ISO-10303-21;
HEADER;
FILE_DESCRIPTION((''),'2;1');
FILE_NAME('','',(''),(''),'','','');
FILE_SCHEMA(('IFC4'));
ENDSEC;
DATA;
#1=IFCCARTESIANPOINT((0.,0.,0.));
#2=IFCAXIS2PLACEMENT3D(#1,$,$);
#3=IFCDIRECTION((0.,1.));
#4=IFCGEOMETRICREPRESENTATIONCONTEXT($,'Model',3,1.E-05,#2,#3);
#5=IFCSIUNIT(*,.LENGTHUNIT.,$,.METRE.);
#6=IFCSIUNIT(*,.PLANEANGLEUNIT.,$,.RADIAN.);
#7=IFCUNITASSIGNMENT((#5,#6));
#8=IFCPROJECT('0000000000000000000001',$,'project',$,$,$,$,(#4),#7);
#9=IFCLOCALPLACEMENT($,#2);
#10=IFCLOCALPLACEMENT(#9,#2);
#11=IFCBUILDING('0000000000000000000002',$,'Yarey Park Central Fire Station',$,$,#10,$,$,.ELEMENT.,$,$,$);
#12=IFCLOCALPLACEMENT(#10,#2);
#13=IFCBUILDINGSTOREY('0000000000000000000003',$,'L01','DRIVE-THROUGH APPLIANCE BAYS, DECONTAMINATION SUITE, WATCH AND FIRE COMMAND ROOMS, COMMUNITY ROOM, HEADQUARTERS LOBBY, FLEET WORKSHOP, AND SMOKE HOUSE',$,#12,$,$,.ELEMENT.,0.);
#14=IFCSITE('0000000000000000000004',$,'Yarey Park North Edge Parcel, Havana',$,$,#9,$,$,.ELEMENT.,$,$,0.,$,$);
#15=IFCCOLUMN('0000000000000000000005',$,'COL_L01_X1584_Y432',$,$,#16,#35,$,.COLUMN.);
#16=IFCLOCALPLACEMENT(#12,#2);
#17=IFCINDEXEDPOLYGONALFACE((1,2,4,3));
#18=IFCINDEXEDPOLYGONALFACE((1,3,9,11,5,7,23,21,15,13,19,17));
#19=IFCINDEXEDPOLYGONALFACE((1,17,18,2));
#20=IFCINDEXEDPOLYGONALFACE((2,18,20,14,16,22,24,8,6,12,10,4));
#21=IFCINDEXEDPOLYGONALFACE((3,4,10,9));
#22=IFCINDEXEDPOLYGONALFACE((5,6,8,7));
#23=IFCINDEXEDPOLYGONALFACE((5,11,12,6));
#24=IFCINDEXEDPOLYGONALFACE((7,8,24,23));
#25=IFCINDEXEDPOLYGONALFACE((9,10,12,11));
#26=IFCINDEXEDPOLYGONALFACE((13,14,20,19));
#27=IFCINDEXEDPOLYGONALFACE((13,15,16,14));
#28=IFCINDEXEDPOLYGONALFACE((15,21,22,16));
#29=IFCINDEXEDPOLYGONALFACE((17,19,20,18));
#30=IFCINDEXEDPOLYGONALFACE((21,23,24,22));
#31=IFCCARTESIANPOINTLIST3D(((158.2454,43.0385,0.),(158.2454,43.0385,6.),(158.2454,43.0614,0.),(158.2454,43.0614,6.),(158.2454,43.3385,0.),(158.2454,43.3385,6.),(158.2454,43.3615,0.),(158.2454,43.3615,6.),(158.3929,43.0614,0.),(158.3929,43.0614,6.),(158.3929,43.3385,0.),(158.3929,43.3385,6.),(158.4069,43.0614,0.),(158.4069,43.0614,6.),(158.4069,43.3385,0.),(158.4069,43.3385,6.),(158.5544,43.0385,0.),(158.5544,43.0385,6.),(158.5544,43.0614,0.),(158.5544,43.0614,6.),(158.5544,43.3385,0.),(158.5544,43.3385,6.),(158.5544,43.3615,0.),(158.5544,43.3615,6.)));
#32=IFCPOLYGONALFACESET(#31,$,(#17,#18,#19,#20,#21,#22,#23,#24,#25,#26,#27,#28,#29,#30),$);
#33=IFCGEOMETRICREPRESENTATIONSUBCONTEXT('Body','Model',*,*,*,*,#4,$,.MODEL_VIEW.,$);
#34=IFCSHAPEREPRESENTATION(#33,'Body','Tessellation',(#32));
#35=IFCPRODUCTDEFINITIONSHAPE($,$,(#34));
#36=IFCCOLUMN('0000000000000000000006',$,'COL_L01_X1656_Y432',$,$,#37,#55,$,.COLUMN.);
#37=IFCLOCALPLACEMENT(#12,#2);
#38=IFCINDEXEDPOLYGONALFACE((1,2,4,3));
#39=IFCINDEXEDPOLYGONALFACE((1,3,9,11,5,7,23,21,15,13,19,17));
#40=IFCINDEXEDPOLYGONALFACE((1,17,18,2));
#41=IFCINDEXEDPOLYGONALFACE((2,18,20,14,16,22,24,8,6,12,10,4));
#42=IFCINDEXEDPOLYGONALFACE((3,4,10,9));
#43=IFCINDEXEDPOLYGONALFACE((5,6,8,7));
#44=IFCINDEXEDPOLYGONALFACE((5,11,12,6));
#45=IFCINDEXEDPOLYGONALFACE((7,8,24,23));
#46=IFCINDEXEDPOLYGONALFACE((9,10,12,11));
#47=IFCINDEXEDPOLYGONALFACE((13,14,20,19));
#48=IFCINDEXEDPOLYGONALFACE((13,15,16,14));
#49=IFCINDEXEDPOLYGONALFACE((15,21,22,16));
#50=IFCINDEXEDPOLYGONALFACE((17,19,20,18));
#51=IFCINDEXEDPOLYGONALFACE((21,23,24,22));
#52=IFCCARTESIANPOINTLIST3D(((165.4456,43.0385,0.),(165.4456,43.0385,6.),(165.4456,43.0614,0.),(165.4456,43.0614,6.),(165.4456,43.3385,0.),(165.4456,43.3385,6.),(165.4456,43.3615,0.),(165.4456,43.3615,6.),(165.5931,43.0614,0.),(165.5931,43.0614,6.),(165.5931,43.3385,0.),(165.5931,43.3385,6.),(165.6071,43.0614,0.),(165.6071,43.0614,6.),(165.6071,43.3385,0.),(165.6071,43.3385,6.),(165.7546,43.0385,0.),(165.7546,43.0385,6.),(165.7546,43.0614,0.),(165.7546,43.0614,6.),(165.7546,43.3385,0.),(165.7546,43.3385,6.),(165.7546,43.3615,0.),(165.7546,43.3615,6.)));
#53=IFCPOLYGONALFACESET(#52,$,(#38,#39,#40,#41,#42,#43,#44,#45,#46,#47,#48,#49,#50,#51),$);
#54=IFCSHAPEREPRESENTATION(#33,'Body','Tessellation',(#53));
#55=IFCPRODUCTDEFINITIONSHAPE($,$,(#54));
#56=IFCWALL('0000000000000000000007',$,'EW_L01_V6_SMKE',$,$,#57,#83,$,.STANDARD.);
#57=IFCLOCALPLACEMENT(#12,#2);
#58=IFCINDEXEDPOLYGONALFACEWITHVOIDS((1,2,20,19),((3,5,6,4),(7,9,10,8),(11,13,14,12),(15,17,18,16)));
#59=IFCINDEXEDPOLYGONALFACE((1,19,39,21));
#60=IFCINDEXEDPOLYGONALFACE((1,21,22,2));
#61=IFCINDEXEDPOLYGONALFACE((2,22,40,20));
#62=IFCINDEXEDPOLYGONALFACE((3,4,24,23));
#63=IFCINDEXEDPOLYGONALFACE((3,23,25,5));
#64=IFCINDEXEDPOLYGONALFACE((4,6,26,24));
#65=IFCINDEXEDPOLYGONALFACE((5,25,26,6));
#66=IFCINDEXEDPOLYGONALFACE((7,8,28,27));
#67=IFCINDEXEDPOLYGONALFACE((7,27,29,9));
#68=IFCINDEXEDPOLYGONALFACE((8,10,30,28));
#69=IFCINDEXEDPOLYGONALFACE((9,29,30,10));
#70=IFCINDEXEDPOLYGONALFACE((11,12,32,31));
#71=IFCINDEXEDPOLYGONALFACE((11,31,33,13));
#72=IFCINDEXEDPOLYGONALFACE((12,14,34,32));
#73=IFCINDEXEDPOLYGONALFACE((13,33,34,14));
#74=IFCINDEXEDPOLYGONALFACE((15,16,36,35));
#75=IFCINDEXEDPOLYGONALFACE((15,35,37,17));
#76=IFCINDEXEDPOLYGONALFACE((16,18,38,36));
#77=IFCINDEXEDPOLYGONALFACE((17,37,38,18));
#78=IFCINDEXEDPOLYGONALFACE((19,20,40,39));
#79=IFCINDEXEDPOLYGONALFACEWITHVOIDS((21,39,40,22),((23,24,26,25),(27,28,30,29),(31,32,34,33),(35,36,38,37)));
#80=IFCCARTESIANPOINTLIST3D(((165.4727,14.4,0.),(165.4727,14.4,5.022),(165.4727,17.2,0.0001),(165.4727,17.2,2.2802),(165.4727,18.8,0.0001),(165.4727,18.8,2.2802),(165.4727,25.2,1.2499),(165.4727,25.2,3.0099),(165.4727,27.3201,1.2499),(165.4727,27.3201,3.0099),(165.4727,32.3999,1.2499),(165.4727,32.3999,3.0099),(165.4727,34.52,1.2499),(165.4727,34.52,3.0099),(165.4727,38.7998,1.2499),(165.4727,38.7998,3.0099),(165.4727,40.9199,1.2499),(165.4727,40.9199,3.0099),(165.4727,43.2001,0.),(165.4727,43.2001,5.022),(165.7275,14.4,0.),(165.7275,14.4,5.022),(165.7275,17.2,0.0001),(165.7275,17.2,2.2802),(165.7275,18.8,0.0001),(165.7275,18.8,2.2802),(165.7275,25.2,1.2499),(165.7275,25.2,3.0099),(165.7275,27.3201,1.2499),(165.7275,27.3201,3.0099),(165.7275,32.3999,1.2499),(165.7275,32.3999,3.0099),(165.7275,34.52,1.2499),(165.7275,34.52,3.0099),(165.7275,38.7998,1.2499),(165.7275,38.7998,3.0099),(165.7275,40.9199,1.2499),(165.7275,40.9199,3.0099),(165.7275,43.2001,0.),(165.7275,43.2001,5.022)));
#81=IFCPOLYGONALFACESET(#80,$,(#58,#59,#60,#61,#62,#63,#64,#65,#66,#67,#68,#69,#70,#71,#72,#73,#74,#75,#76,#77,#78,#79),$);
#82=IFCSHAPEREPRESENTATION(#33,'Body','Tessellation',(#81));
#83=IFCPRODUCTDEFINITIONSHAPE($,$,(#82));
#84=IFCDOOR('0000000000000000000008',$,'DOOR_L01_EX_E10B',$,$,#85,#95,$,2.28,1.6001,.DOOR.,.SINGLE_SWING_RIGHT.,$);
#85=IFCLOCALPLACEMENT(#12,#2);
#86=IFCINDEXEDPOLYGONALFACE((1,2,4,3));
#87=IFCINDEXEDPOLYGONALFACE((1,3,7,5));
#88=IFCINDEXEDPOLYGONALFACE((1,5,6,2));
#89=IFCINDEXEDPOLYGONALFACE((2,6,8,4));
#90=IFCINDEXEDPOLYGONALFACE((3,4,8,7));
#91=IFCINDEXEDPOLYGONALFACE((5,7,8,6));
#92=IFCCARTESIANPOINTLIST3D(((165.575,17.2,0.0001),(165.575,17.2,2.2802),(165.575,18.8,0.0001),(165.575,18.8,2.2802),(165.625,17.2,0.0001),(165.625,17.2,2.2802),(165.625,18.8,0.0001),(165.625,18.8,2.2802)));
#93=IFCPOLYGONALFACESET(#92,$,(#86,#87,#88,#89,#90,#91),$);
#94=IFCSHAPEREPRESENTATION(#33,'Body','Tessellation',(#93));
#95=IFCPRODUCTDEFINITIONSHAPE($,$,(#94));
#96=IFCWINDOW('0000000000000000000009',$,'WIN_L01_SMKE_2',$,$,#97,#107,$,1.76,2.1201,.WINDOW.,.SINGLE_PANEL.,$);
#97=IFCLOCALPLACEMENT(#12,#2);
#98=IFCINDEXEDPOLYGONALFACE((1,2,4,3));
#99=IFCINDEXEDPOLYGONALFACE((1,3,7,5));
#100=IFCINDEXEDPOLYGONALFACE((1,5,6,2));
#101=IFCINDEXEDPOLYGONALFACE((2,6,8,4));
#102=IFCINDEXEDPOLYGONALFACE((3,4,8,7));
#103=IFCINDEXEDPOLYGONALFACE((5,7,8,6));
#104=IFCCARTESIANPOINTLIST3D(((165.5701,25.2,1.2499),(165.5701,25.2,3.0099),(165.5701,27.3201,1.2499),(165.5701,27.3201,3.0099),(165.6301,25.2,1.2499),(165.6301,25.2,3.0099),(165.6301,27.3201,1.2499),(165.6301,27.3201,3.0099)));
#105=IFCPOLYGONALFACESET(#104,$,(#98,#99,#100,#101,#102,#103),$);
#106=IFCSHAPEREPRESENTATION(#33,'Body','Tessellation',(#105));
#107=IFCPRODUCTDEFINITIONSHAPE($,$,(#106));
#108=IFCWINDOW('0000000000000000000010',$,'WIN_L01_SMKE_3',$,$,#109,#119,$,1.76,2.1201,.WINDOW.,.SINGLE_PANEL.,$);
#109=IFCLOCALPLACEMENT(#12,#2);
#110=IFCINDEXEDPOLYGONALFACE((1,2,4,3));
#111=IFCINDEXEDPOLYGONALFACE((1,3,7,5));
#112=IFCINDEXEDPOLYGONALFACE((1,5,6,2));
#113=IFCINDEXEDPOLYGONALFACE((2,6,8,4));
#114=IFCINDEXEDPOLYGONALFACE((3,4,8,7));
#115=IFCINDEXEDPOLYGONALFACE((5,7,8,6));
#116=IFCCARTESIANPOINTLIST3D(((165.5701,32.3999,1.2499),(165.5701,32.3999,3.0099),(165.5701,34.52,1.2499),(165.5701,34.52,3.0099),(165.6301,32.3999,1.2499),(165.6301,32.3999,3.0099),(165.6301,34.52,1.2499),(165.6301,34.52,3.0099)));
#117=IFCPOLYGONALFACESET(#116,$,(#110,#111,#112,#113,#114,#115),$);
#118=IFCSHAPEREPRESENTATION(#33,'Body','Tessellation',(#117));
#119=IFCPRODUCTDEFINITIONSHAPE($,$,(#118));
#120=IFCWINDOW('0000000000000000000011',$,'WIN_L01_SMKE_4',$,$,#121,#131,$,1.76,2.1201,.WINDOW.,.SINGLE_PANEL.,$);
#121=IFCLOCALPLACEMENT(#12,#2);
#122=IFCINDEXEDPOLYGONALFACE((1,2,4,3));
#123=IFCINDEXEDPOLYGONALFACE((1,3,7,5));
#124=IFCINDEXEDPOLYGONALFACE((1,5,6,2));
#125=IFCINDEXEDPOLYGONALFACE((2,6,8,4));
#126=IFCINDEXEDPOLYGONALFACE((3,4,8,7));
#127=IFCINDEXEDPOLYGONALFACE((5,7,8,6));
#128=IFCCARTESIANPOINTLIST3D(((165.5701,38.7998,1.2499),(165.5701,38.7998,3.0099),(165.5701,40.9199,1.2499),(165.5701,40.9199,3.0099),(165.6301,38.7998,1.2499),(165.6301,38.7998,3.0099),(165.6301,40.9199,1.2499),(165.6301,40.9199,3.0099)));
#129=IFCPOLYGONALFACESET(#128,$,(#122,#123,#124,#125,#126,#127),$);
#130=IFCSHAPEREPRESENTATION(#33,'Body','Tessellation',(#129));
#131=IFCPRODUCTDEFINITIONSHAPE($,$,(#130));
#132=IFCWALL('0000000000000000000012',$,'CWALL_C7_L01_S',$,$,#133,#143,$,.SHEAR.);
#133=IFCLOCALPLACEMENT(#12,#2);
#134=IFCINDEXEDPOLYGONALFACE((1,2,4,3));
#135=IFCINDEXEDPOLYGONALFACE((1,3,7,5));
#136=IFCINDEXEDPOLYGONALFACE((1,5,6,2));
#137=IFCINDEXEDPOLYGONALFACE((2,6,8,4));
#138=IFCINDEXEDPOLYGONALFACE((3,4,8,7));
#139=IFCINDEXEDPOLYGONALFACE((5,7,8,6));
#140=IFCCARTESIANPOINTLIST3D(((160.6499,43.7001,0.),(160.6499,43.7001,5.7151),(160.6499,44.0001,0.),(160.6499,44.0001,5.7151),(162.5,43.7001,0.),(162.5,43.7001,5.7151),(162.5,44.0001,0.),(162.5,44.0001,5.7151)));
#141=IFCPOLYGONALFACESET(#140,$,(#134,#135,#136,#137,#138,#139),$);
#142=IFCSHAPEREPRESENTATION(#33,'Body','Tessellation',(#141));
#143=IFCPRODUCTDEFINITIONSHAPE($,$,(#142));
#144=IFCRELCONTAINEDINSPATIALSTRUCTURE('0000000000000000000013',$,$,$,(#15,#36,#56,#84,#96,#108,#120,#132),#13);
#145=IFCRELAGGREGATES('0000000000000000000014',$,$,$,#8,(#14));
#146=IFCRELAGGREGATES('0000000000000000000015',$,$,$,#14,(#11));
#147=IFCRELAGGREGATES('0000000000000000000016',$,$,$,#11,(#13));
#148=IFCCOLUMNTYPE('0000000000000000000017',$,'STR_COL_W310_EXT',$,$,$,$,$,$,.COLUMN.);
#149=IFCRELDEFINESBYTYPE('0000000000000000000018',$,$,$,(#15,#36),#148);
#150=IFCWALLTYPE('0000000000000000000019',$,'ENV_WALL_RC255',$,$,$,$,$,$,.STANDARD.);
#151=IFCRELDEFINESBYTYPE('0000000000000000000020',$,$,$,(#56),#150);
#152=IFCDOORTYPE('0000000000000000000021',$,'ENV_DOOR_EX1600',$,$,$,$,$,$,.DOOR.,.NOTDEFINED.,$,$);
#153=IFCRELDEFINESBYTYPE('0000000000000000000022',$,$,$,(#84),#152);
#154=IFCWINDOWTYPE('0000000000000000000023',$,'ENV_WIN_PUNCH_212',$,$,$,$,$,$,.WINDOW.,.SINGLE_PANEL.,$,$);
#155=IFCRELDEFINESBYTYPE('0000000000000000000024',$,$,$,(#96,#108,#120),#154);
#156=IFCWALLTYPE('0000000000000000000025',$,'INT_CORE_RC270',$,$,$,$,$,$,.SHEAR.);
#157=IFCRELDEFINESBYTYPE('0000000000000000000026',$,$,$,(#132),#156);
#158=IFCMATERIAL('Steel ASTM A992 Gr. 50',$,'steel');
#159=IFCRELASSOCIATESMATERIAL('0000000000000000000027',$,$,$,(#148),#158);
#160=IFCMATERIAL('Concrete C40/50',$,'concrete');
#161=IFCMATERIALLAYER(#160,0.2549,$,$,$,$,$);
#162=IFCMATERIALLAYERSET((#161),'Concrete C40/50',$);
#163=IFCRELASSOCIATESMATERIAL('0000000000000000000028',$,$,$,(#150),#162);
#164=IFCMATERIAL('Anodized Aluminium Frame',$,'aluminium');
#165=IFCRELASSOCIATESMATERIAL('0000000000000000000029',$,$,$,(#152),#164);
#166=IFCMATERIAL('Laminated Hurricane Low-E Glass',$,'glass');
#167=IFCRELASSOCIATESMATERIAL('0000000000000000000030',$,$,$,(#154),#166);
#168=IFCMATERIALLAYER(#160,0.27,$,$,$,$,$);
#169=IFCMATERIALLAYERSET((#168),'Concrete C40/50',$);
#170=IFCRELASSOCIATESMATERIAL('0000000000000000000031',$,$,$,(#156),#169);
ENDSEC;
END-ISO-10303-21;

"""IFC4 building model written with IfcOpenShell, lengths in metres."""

from ifc_helpers import new_model, si_unit, direction, frame, frame_2d, origin, origin_2d, place, context, subcontext, project, spatial, rectangle, i_section, extrude, material, layer, layer_set, material_profile, profile_set, type_object, element, fill, save


model = new_model("IFC4")

# Units and contexts
model_context = context("Model", 3, precision=1e-05, world=origin(), true_north=direction((0.0, 1.0)))
body_context = subcontext(model_context, "Body", "Model", "MODEL_VIEW")
ifc_project = project(units=[si_unit("LENGTHUNIT", "METRE"), si_unit("PLANEANGLEUNIT", "RADIAN")], contexts=[model_context])

# Site, building, storey
site_placement = place(None, origin())
site = spatial("IfcSite", under=ifc_project, at=site_placement, Name="Yarey Park North Edge Parcel, Havana", CompositionType="ELEMENT", RefElevation=0.0)
building_placement = place(site_placement, origin())
building = spatial("IfcBuilding", under=site, at=building_placement, Name="Yarey Park Central Fire Station", CompositionType="ELEMENT")
storey_placement = place(building_placement, origin())
storey = spatial("IfcBuildingStorey", under=building, at=storey_placement, Name="L01", Description="DRIVE-THROUGH APPLIANCE BAYS, DECONTAMINATION SUITE, WATCH AND FIRE COMMAND ROOMS, COMMUNITY ROOM, HEADQUARTERS LOBBY, FLEET WORKSHOP, AND SMOKE HOUSE", CompositionType="ELEMENT", Elevation=0.0)

# Columns
ifc_material_1 = material(Name="Concrete C40/50", Category="concrete")
ifc_material_2 = material(Name="Steel ASTM A992 Gr. 50", Category="steel")
ifc_material_profile_1 = material_profile(ifc_material_2, i_section(OverallWidth=0.3091, OverallDepth=0.323, WebThickness=0.0139, FlangeThickness=0.0229, at=origin_2d()), Name="W310x143")
ifc_profile_set_1 = profile_set([ifc_material_profile_1], Name="Steel ASTM A992 Gr. 50")
column_type_1 = type_object("IfcColumnType", Name="STR_COL_W310_EXT", PredefinedType="COLUMN", material=ifc_profile_set_1)
for number, where, z_axis, x_axis, name in (
    (1, (158.3999, 43.2, 0.0), (0.0, 0.0, 1.0), (1.0, 0.0, 0.0), "COL_L01_X1584_Y432"),
    (2, (165.6001, 43.2, 0.0), (0.0, 0.0, 1.0), (1.0, 0.0, 0.0), "COL_L01_X1656_Y432"),
):
    element("IfcColumn", number, at=place(storey_placement, frame(where, z_axis=z_axis, x_axis=x_axis)), inside=storey, type_object=column_type_1, Name=name, PredefinedType="COLUMN", context=body_context, shape_type="SweptSolid", body=[
        extrude(i_section(OverallWidth=0.3091, OverallDepth=0.323, WebThickness=0.0139, FlangeThickness=0.0229, at=origin_2d()), origin(), (0.0, 0.0, 1.0), 6.0),
    ])

# Wall, openings, door, windows
ifc_layer_1 = layer(ifc_material_1, 0.2549)
ifc_layer_set_1 = layer_set([ifc_layer_1], Name="Concrete C40/50")
wall_type_1 = type_object("IfcWallType", Name="ENV_WALL_RC255", PredefinedType="STANDARD", material=ifc_layer_set_1)
wall_1_placement = place(storey_placement, frame((165.6001, 43.2, 0.0), z_axis=(0.0, 0.0, 1.0), x_axis=(0.0, -1.0, 0.0)))
wall_1 = element("IfcWall", 3, at=wall_1_placement, inside=storey, type_object=wall_type_1, Name="EW_L01_V6_SMKE", PredefinedType="STANDARD", context=body_context, shape_type="SweptSolid", body=[
    extrude(rectangle(XDim=28.8, YDim=0.2549, at=frame_2d((14.3999, 0.0))), origin(), (0.0, 0.0, 1.0), 5.022),
])
opening_1_placement = place(wall_1_placement, frame((24.3999, 0.0, 0.0)))
opening_1 = element("IfcOpeningElement", 4, at=opening_1_placement, cuts=wall_1, PredefinedType="OPENING", context=body_context, shape_type="SweptSolid", body=[
    extrude(rectangle(XDim=1.6001, YDim=2.28, at=frame_2d((0.8, 1.1401))), frame((0.0, 0.1375, 0.0), z_axis=(0.0, -1.0, 0.0), x_axis=(1.0, 0.0, 0.0)), (0.0, 0.0, 1.0), 0.2749),
])
opening_2_placement = place(wall_1_placement, frame((15.8799, 0.0, 1.25)))
opening_2 = element("IfcOpeningElement", 5, at=opening_2_placement, cuts=wall_1, PredefinedType="OPENING", context=body_context, shape_type="SweptSolid", body=[
    extrude(rectangle(XDim=2.1201, YDim=1.76, at=frame_2d((1.0601, 0.8799))), frame((0.0, 0.1375, 0.0), z_axis=(0.0, -1.0, 0.0), x_axis=(1.0, 0.0, 0.0)), (0.0, 0.0, 1.0), 0.2749),
])
opening_3_placement = place(wall_1_placement, frame((8.6799, 0.0, 1.25)))
opening_3 = element("IfcOpeningElement", 6, at=opening_3_placement, cuts=wall_1, PredefinedType="OPENING", context=body_context, shape_type="SweptSolid", body=[
    extrude(rectangle(XDim=2.1201, YDim=1.76, at=frame_2d((1.0601, 0.8799))), frame((0.0, 0.1375, 0.0), z_axis=(0.0, -1.0, 0.0), x_axis=(1.0, 0.0, 0.0)), (0.0, 0.0, 1.0), 0.2749),
])
opening_4_placement = place(wall_1_placement, frame((2.28, 0.0, 1.25)))
opening_4 = element("IfcOpeningElement", 7, at=opening_4_placement, cuts=wall_1, PredefinedType="OPENING", context=body_context, shape_type="SweptSolid", body=[
    extrude(rectangle(XDim=2.1201, YDim=1.76, at=frame_2d((1.0601, 0.8799))), frame((0.0, 0.1375, 0.0), z_axis=(0.0, -1.0, 0.0), x_axis=(1.0, 0.0, 0.0)), (0.0, 0.0, 1.0), 0.2749),
])
ifc_material_3 = material(Name="Anodized Aluminium Frame", Category="aluminium")
door_type_1 = type_object("IfcDoorType", Name="ENV_DOOR_EX1600", OperationType="NOTDEFINED", PredefinedType="DOOR", material=ifc_material_3)
door_1_placement = place(opening_1_placement, origin())
door_1 = element("IfcDoor", 8, at=door_1_placement, inside=storey, type_object=door_type_1, Name="DOOR_L01_EX_E10B", OperationType="SINGLE_SWING_RIGHT", OverallHeight=2.28, OverallWidth=1.6001, PredefinedType="DOOR", context=body_context, shape_type="SweptSolid", body=[
    extrude(rectangle(XDim=1.6001, YDim=2.28, at=frame_2d((0.8, 1.1401))), frame((0.0, 0.0249, 0.0), z_axis=(0.0, -1.0, 0.0), x_axis=(1.0, 0.0, 0.0)), (0.0, 0.0, 1.0), 0.05),
])
fill(opening_1, door_1)
ifc_material_4 = material(Name="Laminated Hurricane Low-E Glass", Category="glass")
window_type = type_object("IfcWindowType", Name="ENV_WIN_PUNCH_212", PartitioningType="SINGLE_PANEL", PredefinedType="WINDOW", material=ifc_material_4)
window_1_placement = place(opening_2_placement, origin())
window_1 = element("IfcWindow", 9, at=window_1_placement, inside=storey, type_object=window_type, Name="WIN_L01_SMKE_2", OverallHeight=1.76, OverallWidth=2.1201, PartitioningType="SINGLE_PANEL", PredefinedType="WINDOW", context=body_context, shape_type="SweptSolid", body=[
    extrude(rectangle(XDim=2.1201, YDim=1.76, at=frame_2d((1.0601, 0.8799))), frame((0.0, 0.03, 0.0), z_axis=(0.0, -1.0, 0.0), x_axis=(1.0, 0.0, 0.0)), (0.0, 0.0, 1.0), 0.0601),
])
fill(opening_2, window_1)
window_2_placement = place(opening_3_placement, origin())
window_2 = element("IfcWindow", 10, at=window_2_placement, inside=storey, type_object=window_type, Name="WIN_L01_SMKE_3", OverallHeight=1.76, OverallWidth=2.1201, PartitioningType="SINGLE_PANEL", PredefinedType="WINDOW", context=body_context, shape_type="SweptSolid", body=[
    extrude(rectangle(XDim=2.1201, YDim=1.76, at=frame_2d((1.0601, 0.8799))), frame((0.0, 0.03, 0.0), z_axis=(0.0, -1.0, 0.0), x_axis=(1.0, 0.0, 0.0)), (0.0, 0.0, 1.0), 0.0601),
])
fill(opening_3, window_2)
window_3_placement = place(opening_4_placement, origin())
window_3 = element("IfcWindow", 11, at=window_3_placement, inside=storey, type_object=window_type, Name="WIN_L01_SMKE_4", OverallHeight=1.76, OverallWidth=2.1201, PartitioningType="SINGLE_PANEL", PredefinedType="WINDOW", context=body_context, shape_type="SweptSolid", body=[
    extrude(rectangle(XDim=2.1201, YDim=1.76, at=frame_2d((1.0601, 0.8799))), frame((0.0, 0.03, 0.0), z_axis=(0.0, -1.0, 0.0), x_axis=(1.0, 0.0, 0.0)), (0.0, 0.0, 1.0), 0.0601),
])
fill(opening_4, window_3)

# Wall
ifc_layer_2 = layer(ifc_material_1, 0.27)
ifc_layer_set_2 = layer_set([ifc_layer_2], Name="Concrete C40/50")
wall_type_2 = type_object("IfcWallType", Name="INT_CORE_RC270", PredefinedType="SHEAR", material=ifc_layer_set_2)
wall_2_placement = place(storey_placement, frame((160.6499, 43.8501, 0.0), z_axis=(0.0, 0.0, 1.0), x_axis=(1.0, 0.0, 0.0)))
element("IfcWall", 12, at=wall_2_placement, inside=storey, type_object=wall_type_2, Name="CWALL_C7_L01_S", PredefinedType="SHEAR", context=body_context, shape_type="SweptSolid", body=[
    extrude(rectangle(XDim=1.8501, YDim=0.3, at=frame_2d((0.925, 0.0))), origin(), (0.0, 0.0, 1.0), 5.7151),
])

save(model, "model.ifc")
